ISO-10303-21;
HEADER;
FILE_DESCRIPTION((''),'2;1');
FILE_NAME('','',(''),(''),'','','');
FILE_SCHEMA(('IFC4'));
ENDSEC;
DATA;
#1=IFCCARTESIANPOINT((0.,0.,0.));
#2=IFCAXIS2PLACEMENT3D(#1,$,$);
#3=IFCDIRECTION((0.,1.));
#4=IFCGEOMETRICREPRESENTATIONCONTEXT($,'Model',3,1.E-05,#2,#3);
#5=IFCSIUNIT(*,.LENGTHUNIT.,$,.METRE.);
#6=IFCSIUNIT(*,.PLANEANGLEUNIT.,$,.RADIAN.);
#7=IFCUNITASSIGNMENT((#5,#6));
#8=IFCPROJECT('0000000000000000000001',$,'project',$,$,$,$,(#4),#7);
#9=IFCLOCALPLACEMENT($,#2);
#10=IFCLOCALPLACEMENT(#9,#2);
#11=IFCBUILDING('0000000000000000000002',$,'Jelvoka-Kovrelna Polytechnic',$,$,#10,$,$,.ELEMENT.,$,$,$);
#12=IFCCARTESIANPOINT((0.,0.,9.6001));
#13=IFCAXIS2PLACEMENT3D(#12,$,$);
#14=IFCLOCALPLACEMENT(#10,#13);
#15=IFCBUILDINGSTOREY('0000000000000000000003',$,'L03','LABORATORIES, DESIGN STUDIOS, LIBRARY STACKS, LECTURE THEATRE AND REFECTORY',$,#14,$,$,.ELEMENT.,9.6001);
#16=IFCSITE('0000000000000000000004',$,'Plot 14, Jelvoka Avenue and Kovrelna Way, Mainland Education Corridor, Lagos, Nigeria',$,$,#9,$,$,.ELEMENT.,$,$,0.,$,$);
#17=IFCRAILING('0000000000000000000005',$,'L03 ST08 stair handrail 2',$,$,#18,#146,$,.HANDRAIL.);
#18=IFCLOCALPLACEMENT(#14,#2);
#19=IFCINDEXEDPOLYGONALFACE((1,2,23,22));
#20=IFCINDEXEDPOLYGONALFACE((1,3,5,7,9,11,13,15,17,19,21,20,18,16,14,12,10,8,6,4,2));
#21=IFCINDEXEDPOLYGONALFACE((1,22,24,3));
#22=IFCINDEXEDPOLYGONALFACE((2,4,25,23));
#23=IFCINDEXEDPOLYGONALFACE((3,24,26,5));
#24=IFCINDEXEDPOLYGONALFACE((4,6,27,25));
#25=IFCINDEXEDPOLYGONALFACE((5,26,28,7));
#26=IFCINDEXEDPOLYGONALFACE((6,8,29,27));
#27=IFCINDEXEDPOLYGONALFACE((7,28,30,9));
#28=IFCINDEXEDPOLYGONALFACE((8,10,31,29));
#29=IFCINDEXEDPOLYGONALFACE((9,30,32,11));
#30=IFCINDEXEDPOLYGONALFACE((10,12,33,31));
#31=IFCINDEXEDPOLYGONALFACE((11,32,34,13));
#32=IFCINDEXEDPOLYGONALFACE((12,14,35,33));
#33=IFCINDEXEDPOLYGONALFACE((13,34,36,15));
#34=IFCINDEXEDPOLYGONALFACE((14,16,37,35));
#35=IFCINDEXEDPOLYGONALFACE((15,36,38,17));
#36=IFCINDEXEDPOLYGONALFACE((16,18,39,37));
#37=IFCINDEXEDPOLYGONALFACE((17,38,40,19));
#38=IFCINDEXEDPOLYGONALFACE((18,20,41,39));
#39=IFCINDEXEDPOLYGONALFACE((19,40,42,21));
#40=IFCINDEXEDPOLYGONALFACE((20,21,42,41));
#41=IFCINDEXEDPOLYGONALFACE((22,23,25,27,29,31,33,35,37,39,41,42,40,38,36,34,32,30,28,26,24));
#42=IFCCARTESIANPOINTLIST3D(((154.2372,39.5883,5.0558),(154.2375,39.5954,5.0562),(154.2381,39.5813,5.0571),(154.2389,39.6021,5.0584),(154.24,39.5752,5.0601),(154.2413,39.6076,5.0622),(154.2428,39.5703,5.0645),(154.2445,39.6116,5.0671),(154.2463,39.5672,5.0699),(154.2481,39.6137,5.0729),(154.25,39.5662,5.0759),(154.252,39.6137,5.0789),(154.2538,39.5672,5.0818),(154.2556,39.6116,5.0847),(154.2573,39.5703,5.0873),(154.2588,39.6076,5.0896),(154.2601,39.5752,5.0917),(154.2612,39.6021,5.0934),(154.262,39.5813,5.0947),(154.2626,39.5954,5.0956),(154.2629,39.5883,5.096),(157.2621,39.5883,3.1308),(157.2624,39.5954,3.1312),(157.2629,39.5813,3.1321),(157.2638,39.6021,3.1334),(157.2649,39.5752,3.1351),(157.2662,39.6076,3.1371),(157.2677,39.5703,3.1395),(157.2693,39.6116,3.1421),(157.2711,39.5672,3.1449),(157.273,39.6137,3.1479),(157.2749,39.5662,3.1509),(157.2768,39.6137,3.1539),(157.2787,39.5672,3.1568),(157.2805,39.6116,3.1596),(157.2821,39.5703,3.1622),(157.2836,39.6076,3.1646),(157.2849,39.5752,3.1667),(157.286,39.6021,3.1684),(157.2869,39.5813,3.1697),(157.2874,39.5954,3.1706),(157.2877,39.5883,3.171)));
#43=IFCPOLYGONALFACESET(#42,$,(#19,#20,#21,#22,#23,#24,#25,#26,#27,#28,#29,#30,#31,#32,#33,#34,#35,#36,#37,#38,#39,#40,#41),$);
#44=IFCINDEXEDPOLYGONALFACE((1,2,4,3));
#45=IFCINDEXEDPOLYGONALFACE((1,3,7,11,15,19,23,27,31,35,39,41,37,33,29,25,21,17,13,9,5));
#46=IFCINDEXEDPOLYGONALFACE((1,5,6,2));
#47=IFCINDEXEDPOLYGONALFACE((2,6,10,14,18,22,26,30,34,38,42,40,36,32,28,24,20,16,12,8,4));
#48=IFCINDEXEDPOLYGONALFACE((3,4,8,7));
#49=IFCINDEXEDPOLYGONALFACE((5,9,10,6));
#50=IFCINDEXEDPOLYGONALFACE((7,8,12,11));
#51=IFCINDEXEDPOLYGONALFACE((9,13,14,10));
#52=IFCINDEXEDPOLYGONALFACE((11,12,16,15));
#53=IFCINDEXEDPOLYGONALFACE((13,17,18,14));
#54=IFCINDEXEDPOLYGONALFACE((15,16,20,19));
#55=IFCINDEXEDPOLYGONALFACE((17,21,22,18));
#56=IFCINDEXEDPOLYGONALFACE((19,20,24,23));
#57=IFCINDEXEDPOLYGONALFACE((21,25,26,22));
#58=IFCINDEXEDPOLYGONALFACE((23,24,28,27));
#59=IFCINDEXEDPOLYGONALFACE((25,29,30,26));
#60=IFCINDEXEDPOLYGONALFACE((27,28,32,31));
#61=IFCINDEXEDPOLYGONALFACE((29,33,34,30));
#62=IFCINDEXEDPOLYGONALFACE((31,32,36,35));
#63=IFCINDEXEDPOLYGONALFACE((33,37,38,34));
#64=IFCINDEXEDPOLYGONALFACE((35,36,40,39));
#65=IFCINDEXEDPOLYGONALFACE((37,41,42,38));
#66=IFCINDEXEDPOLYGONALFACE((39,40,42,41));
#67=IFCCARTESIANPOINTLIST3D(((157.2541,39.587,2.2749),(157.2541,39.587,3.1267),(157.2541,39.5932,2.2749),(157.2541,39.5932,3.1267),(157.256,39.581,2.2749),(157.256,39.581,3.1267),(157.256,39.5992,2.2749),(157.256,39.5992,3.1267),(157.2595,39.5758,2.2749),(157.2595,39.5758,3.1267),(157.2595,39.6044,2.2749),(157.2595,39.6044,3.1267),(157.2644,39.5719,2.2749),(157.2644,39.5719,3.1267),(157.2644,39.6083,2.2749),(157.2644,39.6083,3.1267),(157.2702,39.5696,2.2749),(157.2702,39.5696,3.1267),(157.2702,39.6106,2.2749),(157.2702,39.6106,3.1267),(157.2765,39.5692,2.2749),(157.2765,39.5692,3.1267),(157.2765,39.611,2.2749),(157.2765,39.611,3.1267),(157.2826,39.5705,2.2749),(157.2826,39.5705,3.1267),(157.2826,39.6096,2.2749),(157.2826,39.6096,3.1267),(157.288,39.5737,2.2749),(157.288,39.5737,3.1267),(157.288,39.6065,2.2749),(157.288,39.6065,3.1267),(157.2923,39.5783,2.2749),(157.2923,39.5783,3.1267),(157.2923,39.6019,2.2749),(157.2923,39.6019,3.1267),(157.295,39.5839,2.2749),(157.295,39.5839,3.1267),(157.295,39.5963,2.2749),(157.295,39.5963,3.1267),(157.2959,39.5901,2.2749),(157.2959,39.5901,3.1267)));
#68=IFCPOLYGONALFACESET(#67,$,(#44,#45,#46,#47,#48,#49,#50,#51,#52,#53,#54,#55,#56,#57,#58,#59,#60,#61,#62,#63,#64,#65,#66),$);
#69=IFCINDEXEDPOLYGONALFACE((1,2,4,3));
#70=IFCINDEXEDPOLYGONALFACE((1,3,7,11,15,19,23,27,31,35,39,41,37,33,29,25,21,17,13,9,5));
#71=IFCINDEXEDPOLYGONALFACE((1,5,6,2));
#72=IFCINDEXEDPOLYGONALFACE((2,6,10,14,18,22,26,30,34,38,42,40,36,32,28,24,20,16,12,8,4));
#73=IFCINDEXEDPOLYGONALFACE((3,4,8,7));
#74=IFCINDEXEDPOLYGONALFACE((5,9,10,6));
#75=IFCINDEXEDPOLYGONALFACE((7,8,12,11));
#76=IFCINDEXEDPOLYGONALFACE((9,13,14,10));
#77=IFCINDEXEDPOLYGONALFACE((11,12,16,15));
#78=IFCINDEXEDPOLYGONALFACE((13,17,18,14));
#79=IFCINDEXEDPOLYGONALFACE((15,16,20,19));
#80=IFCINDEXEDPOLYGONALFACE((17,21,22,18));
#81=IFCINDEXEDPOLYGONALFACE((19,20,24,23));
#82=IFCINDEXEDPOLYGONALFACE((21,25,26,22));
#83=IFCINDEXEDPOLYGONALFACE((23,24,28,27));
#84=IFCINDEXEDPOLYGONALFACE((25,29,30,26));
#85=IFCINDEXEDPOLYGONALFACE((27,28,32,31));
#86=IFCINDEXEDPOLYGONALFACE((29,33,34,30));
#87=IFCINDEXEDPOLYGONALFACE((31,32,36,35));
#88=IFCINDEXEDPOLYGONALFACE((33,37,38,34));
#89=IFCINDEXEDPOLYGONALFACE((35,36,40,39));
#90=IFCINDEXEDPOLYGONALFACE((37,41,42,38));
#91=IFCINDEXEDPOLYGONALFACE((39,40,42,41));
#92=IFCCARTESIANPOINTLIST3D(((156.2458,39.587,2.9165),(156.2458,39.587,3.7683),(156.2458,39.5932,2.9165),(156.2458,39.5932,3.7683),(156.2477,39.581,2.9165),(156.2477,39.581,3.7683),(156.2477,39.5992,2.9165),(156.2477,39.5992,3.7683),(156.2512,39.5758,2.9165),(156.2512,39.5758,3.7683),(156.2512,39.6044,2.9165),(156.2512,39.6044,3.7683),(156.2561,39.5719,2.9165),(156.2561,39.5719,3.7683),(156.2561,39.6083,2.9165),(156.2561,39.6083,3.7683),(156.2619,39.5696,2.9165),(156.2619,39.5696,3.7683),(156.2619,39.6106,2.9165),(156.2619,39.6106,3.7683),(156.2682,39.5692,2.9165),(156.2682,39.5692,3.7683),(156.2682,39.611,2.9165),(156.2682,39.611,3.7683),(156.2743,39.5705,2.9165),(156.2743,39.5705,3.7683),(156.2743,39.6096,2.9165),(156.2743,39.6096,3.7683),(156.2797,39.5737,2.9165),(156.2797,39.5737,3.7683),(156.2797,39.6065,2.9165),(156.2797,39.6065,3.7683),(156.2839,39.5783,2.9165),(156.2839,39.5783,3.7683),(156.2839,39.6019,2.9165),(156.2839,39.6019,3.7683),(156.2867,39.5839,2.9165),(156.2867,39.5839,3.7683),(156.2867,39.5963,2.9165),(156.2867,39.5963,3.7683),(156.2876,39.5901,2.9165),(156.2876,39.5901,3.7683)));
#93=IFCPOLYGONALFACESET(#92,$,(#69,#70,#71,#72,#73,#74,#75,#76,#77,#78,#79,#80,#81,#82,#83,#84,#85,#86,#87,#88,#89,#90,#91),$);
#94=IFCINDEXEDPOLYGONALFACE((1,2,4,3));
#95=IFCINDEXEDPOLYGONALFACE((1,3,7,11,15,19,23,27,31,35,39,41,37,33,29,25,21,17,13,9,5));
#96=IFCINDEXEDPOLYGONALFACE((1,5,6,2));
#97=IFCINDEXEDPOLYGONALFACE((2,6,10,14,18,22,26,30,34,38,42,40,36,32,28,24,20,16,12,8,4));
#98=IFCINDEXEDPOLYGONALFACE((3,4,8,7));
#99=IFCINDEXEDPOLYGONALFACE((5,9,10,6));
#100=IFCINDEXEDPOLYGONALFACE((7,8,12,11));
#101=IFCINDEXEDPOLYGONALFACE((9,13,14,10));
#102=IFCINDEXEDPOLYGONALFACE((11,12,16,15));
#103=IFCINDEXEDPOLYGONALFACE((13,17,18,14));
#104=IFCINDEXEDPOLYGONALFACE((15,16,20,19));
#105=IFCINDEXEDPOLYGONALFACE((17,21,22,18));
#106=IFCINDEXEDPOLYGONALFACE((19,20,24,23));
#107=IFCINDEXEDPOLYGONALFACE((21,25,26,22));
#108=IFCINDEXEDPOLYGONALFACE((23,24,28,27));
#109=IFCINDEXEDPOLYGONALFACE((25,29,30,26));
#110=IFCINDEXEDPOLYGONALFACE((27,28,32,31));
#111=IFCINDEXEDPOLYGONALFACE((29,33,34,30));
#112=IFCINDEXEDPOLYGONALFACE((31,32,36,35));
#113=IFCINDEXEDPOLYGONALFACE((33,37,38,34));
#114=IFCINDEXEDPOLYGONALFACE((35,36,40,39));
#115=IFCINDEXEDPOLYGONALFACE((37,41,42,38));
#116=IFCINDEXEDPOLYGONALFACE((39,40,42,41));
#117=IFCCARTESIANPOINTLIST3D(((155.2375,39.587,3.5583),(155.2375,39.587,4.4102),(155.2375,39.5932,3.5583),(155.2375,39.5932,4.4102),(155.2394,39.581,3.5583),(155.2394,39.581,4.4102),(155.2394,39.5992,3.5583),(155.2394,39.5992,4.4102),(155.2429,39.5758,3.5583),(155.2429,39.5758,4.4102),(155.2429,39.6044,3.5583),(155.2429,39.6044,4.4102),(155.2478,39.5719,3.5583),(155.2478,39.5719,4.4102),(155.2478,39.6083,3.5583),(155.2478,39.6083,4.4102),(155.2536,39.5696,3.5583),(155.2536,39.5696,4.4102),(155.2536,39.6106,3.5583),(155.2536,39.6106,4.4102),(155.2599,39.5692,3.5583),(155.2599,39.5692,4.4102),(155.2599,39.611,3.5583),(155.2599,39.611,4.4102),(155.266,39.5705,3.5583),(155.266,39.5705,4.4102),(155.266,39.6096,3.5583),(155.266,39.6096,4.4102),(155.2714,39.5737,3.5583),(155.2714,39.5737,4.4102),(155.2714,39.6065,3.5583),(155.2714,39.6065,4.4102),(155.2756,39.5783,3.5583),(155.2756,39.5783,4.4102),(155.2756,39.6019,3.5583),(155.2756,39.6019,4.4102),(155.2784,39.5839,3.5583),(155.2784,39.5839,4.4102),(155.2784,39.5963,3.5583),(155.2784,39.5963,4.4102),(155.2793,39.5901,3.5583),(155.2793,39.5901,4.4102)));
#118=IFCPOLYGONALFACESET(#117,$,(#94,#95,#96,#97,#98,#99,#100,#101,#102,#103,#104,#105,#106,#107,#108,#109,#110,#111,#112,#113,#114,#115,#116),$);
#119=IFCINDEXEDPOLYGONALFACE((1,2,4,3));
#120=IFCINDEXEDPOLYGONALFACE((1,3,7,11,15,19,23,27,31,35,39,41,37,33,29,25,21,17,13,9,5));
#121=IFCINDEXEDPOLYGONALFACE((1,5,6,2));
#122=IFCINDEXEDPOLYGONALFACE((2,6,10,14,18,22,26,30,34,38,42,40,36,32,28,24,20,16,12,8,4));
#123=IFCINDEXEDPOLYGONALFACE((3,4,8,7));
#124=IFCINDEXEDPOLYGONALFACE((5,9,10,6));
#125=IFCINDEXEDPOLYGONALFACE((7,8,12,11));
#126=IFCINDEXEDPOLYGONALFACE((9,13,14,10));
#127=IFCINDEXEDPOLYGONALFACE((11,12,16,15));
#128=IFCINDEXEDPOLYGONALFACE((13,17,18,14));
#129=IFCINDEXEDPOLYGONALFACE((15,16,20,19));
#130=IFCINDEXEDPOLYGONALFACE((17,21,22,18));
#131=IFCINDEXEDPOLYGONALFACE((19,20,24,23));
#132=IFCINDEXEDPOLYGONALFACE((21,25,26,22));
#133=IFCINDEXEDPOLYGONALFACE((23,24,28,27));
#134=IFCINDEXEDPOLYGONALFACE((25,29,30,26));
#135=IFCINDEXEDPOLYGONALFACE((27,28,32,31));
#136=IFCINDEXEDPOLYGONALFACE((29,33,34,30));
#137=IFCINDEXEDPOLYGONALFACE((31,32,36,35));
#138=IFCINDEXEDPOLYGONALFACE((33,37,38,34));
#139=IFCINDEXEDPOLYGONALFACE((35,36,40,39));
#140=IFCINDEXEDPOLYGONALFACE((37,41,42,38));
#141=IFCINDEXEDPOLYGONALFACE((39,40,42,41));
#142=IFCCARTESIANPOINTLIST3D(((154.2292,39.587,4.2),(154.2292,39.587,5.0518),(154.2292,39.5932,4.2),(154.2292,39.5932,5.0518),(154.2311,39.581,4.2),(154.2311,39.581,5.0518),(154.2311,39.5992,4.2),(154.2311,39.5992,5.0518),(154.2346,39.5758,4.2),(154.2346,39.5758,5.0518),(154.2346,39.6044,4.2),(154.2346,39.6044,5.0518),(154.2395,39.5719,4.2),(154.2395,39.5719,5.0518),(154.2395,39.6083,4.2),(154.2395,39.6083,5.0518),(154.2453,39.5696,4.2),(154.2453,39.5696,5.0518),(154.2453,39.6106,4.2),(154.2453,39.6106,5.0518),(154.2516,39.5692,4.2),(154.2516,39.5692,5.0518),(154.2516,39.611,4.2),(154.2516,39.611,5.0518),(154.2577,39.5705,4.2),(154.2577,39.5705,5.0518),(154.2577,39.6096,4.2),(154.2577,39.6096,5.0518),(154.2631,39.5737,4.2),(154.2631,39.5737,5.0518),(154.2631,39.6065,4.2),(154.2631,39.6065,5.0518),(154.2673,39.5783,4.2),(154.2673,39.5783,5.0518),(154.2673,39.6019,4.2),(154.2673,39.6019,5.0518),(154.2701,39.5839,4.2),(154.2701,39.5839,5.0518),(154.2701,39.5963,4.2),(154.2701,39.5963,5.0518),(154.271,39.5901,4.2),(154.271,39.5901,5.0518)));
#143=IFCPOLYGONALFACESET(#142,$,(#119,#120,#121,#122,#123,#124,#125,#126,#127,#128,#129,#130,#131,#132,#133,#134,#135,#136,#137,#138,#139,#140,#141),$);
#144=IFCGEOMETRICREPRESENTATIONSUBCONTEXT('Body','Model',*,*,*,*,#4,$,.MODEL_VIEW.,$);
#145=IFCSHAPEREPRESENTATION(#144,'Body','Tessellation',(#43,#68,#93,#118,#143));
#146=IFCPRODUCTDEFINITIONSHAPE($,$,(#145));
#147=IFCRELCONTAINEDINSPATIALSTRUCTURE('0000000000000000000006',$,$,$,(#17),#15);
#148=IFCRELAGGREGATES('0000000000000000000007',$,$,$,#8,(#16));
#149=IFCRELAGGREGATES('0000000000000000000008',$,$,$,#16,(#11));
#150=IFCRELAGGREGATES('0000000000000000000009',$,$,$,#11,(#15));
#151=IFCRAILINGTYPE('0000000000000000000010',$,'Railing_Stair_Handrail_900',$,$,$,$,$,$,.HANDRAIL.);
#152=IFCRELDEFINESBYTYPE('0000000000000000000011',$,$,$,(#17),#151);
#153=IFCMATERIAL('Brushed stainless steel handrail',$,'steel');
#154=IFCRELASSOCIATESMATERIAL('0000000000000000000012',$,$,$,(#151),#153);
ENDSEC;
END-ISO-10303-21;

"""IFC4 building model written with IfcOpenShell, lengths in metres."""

from ifc_helpers import new_model, si_unit, direction, frame, origin, origin_2d, place, context, subcontext, project, spatial, circle, extrude, material, type_object, element, save


model = new_model("IFC4")

# Units and contexts
model_context = context("Model", 3, precision=1e-05, world=origin(), true_north=direction((0.0, 1.0)))
body_context = subcontext(model_context, "Body", "Model", "MODEL_VIEW")
ifc_project = project(units=[si_unit("LENGTHUNIT", "METRE"), si_unit("PLANEANGLEUNIT", "RADIAN")], contexts=[model_context])

# Site, building, storey
site_placement = place(None, origin())
site = spatial("IfcSite", under=ifc_project, at=site_placement, Name="Plot 14, Jelvoka Avenue and Kovrelna Way, Mainland Education Corridor, Lagos, Nigeria", CompositionType="ELEMENT", RefElevation=0.0)
building_placement = place(site_placement, origin())
building = spatial("IfcBuilding", under=site, at=building_placement, Name="Jelvoka-Kovrelna Polytechnic", CompositionType="ELEMENT")
storey_placement = place(building_placement, frame((0.0, 0.0, 9.6001)))
storey = spatial("IfcBuildingStorey", under=building, at=storey_placement, Name="L03", Description="LABORATORIES, DESIGN STUDIOS, LIBRARY STACKS, LECTURE THEATRE AND REFECTORY", CompositionType="ELEMENT", Elevation=9.6001)

# Railing
ifc_material_1 = material(Name="Brushed stainless steel handrail", Category="steel")
railing_type_1 = type_object("IfcRailingType", Name="Railing_Stair_Handrail_900", PredefinedType="HANDRAIL", material=ifc_material_1)
railing_1_placement = place(storey_placement, frame((157.2749, 39.5901, 2.2749)))
element("IfcRailing", 1, at=railing_1_placement, inside=storey, type_object=railing_type_1, Name="L03 ST08 stair handrail 2", PredefinedType="HANDRAIL", context=body_context, shape_type="SweptSolid", body=[
    extrude(circle(Radius=0.0239, at=origin_2d()), frame((0.0, 0.0, 0.876), z_axis=(-0.843647, 0.0, 0.536898), x_axis=(0.0, -1.0, 0.0)), (0.0, 0.0, 1.0), 3.5854),
    extrude(circle(Radius=0.021, at=origin_2d()), origin(), (0.0, 0.0, 1.0), 0.8518),
    extrude(circle(Radius=0.021, at=origin_2d()), frame((-1.0083, 0.0, 0.6416)), (0.0, 0.0, 1.0), 0.8518),
    extrude(circle(Radius=0.021, at=origin_2d()), frame((-2.0166, 0.0, 1.2834)), (0.0, 0.0, 1.0), 0.8518),
    extrude(circle(Radius=0.021, at=origin_2d()), frame((-3.0249, 0.0, 1.925)), (0.0, 0.0, 1.0), 0.8518),
])

save(model, "model.ifc")
